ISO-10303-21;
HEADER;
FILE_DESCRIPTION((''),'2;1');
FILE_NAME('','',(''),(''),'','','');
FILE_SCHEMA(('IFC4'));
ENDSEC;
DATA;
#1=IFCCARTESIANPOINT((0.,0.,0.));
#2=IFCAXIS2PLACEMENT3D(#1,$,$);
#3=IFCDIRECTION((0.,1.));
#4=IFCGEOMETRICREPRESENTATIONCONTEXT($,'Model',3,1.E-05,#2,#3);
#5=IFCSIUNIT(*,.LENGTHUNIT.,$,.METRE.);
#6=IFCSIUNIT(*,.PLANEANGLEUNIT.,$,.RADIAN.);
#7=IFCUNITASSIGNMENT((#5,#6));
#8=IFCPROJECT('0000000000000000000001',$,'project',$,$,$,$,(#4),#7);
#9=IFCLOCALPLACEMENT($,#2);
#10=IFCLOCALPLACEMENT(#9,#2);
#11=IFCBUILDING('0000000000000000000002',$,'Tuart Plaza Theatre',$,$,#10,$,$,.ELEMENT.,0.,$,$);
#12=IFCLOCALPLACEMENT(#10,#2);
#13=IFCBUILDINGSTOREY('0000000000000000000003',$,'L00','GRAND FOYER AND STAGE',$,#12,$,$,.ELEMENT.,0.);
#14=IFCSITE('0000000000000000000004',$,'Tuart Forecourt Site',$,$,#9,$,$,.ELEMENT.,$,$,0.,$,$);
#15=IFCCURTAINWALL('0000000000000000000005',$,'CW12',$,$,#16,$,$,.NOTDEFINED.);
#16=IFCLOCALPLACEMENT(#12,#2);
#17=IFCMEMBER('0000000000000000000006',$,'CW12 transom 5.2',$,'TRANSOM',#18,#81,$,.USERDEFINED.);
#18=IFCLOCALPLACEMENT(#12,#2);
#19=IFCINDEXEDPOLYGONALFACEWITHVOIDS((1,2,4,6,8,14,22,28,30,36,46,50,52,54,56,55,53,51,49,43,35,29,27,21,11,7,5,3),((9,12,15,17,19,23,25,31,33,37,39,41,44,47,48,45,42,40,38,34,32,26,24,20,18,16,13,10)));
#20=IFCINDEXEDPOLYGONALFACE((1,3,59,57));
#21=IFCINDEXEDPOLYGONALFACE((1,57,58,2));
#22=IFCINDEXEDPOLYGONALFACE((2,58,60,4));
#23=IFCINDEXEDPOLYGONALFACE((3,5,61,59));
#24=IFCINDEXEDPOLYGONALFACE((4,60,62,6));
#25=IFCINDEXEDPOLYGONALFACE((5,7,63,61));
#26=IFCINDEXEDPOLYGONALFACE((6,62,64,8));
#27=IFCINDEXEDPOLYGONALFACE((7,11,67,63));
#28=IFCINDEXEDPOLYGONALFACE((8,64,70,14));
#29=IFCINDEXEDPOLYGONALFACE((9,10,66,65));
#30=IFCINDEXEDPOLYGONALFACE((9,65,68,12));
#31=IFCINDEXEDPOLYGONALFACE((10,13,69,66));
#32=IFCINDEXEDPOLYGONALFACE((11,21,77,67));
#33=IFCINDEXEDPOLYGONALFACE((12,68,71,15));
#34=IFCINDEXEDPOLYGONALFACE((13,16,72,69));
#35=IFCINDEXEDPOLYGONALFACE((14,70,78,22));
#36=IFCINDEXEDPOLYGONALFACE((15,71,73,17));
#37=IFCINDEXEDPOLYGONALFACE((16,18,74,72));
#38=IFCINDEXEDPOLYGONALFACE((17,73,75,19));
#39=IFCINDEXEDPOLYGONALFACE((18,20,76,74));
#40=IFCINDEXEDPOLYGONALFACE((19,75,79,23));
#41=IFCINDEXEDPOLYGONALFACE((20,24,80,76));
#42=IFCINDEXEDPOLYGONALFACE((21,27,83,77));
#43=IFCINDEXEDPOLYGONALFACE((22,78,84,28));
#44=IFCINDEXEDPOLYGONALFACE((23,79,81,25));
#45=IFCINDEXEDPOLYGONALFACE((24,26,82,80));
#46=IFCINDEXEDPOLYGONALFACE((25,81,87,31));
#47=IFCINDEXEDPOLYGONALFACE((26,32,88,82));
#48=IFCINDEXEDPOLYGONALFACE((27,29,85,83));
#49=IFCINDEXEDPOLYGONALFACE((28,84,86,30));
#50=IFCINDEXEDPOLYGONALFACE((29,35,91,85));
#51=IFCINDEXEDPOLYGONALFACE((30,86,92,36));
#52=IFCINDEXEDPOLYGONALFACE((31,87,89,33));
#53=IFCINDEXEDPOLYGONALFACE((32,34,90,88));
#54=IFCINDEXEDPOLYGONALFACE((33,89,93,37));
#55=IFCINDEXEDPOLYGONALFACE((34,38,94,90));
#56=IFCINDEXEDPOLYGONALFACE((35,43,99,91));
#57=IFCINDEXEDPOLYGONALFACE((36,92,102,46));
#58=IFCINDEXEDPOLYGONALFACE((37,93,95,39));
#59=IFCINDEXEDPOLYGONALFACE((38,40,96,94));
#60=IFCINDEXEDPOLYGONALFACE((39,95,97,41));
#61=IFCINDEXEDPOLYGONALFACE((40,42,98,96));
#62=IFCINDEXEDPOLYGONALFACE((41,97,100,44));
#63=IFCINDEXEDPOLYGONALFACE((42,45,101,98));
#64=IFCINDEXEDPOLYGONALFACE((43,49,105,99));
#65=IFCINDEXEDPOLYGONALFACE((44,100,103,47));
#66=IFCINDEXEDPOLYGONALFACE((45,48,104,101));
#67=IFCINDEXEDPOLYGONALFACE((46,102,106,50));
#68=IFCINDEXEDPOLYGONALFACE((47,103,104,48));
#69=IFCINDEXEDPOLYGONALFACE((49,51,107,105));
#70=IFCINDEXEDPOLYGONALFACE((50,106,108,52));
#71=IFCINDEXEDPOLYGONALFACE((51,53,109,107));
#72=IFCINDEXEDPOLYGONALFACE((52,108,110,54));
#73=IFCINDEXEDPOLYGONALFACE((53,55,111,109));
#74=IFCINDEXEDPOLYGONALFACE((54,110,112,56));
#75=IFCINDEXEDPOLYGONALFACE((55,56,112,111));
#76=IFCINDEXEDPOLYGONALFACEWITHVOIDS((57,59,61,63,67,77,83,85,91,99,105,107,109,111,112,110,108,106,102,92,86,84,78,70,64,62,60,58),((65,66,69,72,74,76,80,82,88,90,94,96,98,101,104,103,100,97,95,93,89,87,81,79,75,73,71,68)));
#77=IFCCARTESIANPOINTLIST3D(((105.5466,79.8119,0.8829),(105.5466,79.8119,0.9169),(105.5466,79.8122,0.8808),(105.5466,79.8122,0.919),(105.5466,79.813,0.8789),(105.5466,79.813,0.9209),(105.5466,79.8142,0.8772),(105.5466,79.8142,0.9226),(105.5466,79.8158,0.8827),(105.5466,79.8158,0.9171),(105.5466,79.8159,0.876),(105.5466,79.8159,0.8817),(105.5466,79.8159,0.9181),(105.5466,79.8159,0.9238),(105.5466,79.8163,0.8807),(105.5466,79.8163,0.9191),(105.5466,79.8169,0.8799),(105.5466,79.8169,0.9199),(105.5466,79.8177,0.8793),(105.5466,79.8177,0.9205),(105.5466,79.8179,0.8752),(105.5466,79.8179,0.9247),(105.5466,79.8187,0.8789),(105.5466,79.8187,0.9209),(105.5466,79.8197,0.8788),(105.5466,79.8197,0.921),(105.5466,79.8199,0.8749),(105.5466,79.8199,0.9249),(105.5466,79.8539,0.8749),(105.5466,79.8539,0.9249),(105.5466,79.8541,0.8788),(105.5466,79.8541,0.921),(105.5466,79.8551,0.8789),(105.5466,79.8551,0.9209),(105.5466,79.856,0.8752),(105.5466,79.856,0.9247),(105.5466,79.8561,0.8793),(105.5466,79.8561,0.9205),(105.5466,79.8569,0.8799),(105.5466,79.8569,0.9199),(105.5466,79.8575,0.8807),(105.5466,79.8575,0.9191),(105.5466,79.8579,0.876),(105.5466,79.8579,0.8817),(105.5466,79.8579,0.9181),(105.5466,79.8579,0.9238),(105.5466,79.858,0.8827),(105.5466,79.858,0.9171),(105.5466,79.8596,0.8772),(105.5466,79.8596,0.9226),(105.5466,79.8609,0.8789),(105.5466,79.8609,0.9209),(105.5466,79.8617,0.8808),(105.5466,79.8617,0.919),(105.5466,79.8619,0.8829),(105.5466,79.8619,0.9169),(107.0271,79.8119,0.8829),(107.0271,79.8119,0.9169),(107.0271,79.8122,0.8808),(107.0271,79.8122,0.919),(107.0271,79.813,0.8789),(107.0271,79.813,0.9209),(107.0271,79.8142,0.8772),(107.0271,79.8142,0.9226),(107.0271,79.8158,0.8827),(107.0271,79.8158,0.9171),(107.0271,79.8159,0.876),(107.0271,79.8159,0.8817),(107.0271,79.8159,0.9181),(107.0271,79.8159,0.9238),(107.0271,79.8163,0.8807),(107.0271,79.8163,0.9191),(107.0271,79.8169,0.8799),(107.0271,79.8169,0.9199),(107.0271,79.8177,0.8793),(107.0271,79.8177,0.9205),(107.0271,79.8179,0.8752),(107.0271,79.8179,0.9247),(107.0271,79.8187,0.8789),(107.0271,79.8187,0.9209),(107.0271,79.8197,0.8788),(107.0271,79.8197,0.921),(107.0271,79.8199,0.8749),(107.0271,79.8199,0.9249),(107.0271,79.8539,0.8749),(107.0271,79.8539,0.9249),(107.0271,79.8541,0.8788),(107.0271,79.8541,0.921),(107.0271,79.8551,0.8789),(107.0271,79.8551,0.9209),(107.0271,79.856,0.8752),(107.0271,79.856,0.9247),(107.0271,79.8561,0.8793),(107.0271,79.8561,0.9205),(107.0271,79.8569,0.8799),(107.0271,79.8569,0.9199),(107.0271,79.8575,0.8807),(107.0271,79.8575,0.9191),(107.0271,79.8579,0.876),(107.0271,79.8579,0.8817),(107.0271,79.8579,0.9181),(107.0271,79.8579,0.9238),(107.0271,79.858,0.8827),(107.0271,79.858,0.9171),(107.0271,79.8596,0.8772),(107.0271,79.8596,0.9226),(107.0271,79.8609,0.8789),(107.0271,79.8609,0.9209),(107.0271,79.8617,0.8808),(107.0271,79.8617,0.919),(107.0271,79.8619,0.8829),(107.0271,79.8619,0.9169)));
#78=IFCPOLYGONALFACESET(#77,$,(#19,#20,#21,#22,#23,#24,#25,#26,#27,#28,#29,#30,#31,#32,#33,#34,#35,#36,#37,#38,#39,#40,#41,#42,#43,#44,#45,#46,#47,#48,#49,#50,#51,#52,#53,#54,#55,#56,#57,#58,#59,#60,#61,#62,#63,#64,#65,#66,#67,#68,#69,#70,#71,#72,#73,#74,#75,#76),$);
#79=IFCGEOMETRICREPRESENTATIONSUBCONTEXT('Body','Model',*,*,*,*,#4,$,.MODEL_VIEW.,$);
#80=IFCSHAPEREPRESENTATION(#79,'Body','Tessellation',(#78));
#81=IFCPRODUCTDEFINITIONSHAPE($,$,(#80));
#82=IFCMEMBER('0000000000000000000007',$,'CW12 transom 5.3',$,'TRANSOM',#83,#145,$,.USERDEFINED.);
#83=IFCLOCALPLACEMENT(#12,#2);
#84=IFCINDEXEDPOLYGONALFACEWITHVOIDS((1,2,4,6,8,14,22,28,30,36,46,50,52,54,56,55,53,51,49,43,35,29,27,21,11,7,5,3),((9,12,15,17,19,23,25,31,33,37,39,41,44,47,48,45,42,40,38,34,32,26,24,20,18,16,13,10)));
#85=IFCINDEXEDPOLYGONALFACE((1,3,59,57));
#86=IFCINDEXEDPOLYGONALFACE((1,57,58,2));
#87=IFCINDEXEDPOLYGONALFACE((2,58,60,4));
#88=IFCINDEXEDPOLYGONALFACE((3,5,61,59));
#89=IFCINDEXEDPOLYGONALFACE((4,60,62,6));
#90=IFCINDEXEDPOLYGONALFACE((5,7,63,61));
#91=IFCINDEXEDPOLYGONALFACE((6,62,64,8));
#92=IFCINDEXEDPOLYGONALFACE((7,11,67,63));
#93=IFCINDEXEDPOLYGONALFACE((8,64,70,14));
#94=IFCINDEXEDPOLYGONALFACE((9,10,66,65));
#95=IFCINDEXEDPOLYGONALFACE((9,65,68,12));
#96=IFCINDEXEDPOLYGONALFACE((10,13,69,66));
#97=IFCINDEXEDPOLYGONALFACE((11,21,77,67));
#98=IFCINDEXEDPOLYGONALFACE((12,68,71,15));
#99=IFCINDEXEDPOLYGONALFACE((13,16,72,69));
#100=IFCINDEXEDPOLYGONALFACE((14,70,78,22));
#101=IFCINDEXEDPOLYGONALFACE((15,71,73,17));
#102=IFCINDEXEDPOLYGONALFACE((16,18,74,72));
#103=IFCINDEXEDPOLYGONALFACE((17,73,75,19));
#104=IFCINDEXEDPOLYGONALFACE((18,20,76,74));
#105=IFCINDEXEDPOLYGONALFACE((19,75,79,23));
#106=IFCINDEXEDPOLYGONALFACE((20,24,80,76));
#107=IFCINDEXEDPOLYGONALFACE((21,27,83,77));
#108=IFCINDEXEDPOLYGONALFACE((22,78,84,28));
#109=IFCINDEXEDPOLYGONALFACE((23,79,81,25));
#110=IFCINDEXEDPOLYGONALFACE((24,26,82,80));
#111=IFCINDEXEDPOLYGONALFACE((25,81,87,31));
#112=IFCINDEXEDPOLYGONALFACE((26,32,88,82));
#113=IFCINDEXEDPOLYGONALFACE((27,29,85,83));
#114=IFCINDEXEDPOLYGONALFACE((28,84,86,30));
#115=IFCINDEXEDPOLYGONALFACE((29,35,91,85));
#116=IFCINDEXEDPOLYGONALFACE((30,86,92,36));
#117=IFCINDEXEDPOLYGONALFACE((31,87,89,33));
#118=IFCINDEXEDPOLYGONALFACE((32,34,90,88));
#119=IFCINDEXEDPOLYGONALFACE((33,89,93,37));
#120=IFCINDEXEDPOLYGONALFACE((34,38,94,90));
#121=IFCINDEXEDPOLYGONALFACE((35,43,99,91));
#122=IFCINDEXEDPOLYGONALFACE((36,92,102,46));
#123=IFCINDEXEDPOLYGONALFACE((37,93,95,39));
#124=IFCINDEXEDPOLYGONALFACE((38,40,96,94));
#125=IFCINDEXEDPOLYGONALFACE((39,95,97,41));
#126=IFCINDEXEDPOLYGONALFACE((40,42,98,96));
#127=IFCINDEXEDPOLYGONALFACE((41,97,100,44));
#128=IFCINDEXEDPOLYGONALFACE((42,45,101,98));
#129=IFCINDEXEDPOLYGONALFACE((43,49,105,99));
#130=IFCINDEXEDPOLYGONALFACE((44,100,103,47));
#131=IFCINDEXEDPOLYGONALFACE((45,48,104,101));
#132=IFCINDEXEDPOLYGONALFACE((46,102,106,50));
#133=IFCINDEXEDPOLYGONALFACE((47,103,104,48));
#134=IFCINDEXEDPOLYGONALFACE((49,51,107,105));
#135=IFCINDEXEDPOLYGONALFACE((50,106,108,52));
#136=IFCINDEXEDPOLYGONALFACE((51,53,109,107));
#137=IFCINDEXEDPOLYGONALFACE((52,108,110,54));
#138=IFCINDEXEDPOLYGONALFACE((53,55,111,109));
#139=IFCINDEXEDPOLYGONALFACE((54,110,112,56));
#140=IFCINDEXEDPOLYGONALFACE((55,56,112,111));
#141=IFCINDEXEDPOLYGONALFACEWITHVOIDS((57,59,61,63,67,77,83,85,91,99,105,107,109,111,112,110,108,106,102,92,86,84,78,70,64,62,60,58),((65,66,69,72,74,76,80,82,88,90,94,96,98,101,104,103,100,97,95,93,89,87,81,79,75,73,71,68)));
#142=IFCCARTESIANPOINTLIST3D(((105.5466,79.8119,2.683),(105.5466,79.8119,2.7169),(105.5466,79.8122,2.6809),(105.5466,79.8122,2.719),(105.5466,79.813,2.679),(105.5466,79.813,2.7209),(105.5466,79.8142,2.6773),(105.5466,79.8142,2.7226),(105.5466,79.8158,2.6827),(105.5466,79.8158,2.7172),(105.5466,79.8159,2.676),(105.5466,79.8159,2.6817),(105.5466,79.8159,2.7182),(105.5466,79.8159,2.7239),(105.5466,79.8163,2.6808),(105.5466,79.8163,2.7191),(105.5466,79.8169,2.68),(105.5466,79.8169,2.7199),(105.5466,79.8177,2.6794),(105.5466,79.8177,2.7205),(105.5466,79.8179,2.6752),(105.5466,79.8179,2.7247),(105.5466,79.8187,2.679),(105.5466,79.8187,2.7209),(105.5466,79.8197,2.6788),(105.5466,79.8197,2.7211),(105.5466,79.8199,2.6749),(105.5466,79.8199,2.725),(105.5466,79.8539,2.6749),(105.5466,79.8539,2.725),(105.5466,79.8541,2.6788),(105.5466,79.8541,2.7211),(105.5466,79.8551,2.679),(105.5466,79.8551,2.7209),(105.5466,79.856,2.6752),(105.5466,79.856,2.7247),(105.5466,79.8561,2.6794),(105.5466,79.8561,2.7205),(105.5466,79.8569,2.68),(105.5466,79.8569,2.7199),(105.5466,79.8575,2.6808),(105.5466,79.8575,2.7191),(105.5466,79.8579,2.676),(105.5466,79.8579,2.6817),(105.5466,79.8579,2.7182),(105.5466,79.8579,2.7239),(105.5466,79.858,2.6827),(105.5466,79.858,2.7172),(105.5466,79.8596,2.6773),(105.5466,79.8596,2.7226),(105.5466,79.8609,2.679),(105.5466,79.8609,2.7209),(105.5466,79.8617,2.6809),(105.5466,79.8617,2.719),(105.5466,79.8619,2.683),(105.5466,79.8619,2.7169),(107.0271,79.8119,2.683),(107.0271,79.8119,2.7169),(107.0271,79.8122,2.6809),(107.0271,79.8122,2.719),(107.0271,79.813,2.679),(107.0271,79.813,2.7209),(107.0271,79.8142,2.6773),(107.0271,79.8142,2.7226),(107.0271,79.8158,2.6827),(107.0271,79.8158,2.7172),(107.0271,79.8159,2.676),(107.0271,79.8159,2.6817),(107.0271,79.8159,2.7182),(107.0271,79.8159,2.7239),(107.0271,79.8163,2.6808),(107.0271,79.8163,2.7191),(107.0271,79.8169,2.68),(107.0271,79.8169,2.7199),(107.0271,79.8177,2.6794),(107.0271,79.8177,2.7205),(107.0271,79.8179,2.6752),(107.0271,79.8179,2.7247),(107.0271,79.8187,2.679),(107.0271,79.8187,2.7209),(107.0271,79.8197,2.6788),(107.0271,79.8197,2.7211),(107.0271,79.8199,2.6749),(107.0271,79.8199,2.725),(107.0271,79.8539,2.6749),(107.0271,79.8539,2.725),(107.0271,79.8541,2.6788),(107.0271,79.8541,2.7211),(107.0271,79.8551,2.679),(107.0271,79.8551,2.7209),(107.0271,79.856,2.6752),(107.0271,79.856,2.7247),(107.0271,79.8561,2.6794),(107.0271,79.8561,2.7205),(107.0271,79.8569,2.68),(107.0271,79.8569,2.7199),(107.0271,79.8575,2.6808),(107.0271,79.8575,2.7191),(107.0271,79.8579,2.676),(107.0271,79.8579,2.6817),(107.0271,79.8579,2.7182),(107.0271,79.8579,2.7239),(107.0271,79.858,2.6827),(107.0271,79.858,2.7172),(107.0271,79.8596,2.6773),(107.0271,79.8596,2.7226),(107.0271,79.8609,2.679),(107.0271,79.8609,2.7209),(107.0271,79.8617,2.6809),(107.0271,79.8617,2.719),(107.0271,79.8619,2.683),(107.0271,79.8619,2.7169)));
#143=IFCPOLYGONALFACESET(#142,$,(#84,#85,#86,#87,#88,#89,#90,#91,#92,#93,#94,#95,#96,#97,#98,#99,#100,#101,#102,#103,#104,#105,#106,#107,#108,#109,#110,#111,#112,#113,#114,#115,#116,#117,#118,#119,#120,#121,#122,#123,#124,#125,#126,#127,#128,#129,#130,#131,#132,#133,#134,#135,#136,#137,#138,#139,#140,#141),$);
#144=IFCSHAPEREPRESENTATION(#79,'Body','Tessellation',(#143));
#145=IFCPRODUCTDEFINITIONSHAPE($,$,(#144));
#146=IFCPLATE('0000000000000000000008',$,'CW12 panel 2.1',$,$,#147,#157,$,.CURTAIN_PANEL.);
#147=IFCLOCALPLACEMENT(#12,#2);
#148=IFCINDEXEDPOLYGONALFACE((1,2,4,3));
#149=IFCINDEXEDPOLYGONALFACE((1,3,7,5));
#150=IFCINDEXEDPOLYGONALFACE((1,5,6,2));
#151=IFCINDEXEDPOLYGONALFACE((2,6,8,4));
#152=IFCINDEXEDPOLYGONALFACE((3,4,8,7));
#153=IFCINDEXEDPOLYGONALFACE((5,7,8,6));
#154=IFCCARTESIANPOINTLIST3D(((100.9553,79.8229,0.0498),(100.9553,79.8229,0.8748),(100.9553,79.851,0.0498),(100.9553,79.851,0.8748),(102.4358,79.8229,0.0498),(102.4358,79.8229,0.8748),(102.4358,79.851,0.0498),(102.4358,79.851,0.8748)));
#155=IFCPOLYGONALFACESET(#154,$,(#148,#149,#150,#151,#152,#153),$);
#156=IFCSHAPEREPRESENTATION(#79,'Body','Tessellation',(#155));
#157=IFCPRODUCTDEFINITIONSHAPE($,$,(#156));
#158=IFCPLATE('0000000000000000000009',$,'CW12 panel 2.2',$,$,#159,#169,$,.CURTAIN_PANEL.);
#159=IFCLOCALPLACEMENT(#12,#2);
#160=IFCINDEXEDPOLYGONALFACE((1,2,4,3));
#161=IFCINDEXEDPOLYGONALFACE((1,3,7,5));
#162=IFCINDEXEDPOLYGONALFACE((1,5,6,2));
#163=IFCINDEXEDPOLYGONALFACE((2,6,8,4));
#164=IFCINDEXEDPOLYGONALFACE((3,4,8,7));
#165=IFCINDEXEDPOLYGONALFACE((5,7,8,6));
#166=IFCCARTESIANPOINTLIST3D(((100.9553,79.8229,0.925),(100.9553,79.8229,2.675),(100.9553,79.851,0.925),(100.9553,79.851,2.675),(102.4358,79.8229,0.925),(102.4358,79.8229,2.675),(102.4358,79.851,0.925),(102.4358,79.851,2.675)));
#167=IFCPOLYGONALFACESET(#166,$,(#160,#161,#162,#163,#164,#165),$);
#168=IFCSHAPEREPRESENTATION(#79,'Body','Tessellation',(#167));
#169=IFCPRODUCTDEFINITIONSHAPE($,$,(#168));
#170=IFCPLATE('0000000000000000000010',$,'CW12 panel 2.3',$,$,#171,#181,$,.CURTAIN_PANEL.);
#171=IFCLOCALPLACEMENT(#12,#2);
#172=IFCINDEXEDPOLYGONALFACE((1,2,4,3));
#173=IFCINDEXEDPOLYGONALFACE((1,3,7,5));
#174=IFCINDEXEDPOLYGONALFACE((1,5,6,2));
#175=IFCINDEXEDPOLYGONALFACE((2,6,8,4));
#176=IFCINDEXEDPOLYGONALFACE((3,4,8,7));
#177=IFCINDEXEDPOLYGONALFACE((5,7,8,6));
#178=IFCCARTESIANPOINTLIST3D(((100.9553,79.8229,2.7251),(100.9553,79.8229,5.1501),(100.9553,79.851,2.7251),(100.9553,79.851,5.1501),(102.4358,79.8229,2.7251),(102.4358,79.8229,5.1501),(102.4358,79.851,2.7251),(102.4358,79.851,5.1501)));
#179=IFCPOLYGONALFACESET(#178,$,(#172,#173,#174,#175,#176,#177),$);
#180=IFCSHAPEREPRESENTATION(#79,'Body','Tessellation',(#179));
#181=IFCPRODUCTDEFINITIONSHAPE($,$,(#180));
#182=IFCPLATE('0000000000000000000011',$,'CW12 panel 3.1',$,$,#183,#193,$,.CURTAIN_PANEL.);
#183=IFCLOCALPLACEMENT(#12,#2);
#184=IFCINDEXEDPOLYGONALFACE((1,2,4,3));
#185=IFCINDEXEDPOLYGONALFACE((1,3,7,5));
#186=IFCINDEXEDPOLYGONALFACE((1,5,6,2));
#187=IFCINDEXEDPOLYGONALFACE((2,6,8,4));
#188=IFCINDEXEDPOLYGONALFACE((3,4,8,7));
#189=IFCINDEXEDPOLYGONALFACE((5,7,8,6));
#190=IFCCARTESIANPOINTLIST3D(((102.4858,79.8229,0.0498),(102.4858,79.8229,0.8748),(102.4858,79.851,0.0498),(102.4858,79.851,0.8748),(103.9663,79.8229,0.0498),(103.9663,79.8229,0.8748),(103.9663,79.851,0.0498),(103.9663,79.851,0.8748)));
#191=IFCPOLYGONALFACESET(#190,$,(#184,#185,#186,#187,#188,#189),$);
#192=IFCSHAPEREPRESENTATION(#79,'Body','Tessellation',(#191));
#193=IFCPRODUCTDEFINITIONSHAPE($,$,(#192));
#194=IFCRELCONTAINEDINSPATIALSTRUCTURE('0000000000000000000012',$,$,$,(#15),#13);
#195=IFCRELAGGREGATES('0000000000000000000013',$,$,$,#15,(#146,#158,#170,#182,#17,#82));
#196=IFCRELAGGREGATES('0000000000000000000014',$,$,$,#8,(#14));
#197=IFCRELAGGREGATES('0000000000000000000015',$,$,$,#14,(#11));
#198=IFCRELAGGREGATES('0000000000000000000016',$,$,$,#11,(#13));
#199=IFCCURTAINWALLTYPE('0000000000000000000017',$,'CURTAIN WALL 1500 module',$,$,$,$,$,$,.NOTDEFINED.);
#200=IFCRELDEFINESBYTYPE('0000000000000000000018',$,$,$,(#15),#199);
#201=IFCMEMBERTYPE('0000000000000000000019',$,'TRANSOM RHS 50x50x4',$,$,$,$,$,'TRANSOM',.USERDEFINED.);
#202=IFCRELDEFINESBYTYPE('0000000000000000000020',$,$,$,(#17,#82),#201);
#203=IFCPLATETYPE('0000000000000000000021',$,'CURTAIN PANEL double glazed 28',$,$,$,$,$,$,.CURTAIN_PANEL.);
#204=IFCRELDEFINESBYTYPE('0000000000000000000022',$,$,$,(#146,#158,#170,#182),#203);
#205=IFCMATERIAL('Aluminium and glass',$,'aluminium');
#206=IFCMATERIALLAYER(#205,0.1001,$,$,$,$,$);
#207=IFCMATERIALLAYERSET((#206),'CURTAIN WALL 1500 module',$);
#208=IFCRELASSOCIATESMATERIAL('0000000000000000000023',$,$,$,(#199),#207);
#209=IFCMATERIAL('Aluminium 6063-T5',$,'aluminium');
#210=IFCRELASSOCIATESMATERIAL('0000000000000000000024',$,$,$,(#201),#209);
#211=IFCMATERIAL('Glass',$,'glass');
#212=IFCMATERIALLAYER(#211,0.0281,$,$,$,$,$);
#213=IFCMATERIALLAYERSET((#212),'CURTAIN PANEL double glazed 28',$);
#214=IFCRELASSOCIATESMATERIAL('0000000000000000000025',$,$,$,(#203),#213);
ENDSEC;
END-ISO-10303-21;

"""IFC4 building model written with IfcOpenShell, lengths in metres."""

from ifc_helpers import new_model, si_unit, direction, frame, origin, origin_2d, place, context, subcontext, project, spatial, rectangle, hollow_rectangle, extrude, material, layer, layer_set, material_profile, profile_set, type_object, element, aggregate, save


model = new_model("IFC4")

# Units and contexts
model_context = context("Model", 3, precision=1e-05, world=origin(), true_north=direction((0.0, 1.0)))
body_context = subcontext(model_context, "Body", "Model", "MODEL_VIEW")
ifc_project = project(units=[si_unit("LENGTHUNIT", "METRE"), si_unit("PLANEANGLEUNIT", "RADIAN")], contexts=[model_context])

# Site, building, storey
site_placement = place(None, origin())
site = spatial("IfcSite", under=ifc_project, at=site_placement, Name="Tuart Forecourt Site", CompositionType="ELEMENT", RefElevation=0.0)
building_placement = place(site_placement, origin())
building = spatial("IfcBuilding", under=site, at=building_placement, Name="Tuart Plaza Theatre", CompositionType="ELEMENT", ElevationOfRefHeight=0.0)
storey_placement = place(building_placement, origin())
storey = spatial("IfcBuildingStorey", under=building, at=storey_placement, Name="L00", Description="GRAND FOYER AND STAGE", CompositionType="ELEMENT", Elevation=0.0)

# Curtain wall, members, plates
ifc_material_1 = material(Name="Aluminium and glass", Category="aluminium")
ifc_layer_1 = layer(ifc_material_1, 0.1001)
ifc_layer_set_1 = layer_set([ifc_layer_1], Name="CURTAIN WALL 1500 module")
curtain_wall_type = type_object("IfcCurtainWallType", Name="CURTAIN WALL 1500 module", PredefinedType="NOTDEFINED", material=ifc_layer_set_1)
curtain_wall_placement = place(storey_placement, origin())
curtain_wall = element("IfcCurtainWall", 1, at=curtain_wall_placement, inside=storey, type_object=curtain_wall_type, Name="CW12", PredefinedType="NOTDEFINED")
ifc_material_2 = material(Name="Aluminium 6063-T5", Category="aluminium")
ifc_material_profile_1 = material_profile(ifc_material_2, hollow_rectangle(XDim=0.05, YDim=0.05, WallThickness=0.0039, InnerFilletRadius=0.0039, OuterFilletRadius=0.0081, at=origin_2d()), Name="RHS 50x50x4")
ifc_profile_set_1 = profile_set([ifc_material_profile_1], Name="Aluminium 6063-T5")
member_type_1 = type_object("IfcMemberType", Name="TRANSOM RHS 50x50x4", ElementType="TRANSOM", PredefinedType="USERDEFINED", material=ifc_profile_set_1)
member_1_placement = place(storey_placement, frame((105.5466, 79.8369, 0.8999), z_axis=(1.0, 0.0, 0.0), x_axis=(0.0, 1.0, 0.0)))
member_1 = element("IfcMember", 2, at=member_1_placement, type_object=member_type_1, Name="CW12 transom 5.2", ObjectType="TRANSOM", PredefinedType="USERDEFINED", context=body_context, shape_type="SweptSolid", body=[
    extrude(hollow_rectangle(XDim=0.05, YDim=0.05, WallThickness=0.0039, InnerFilletRadius=0.0039, OuterFilletRadius=0.0081, at=origin_2d()), origin(), (0.0, 0.0, 1.0), 1.4805),
])
member_2_placement = place(storey_placement, frame((105.5466, 79.8369, 2.7), z_axis=(1.0, 0.0, 0.0), x_axis=(0.0, 1.0, 0.0)))
member_2 = element("IfcMember", 3, at=member_2_placement, type_object=member_type_1, Name="CW12 transom 5.3", ObjectType="TRANSOM", PredefinedType="USERDEFINED", context=body_context, shape_type="SweptSolid", body=[
    extrude(hollow_rectangle(XDim=0.05, YDim=0.05, WallThickness=0.0039, InnerFilletRadius=0.0039, OuterFilletRadius=0.0081, at=origin_2d()), origin(), (0.0, 0.0, 1.0), 1.4805),
])
ifc_material_3 = material(Name="Glass", Category="glass")
ifc_layer_2 = layer(ifc_material_3, 0.0281)
ifc_layer_set_2 = layer_set([ifc_layer_2], Name="CURTAIN PANEL double glazed 28")
plate_type = type_object("IfcPlateType", Name="CURTAIN PANEL double glazed 28", PredefinedType="CURTAIN_PANEL", material=ifc_layer_set_2)
plate_1_placement = place(storey_placement, frame((101.6956, 79.8369, 0.0498), z_axis=(0.0, 0.0, 1.0), x_axis=(1.0, 0.0, 0.0)))
plate_1 = element("IfcPlate", 4, at=plate_1_placement, type_object=plate_type, Name="CW12 panel 2.1", PredefinedType="CURTAIN_PANEL", context=body_context, shape_type="SweptSolid", body=[
    extrude(rectangle(XDim=1.4805, YDim=0.0281, at=origin_2d()), origin(), (0.0, 0.0, 1.0), 0.825),
])
plate_2_placement = place(storey_placement, frame((101.6956, 79.8369, 0.925), z_axis=(0.0, 0.0, 1.0), x_axis=(1.0, 0.0, 0.0)))
plate_2 = element("IfcPlate", 5, at=plate_2_placement, type_object=plate_type, Name="CW12 panel 2.2", PredefinedType="CURTAIN_PANEL", context=body_context, shape_type="SweptSolid", body=[
    extrude(rectangle(XDim=1.4805, YDim=0.0281, at=origin_2d()), origin(), (0.0, 0.0, 1.0), 1.75),
])
plate_3_placement = place(storey_placement, frame((101.6956, 79.8369, 2.7251), z_axis=(0.0, 0.0, 1.0), x_axis=(1.0, 0.0, 0.0)))
plate_3 = element("IfcPlate", 6, at=plate_3_placement, type_object=plate_type, Name="CW12 panel 2.3", PredefinedType="CURTAIN_PANEL", context=body_context, shape_type="SweptSolid", body=[
    extrude(rectangle(XDim=1.4805, YDim=0.0281, at=origin_2d()), origin(), (0.0, 0.0, 1.0), 2.425),
])
plate_4_placement = place(storey_placement, frame((103.2261, 79.8369, 0.0498), z_axis=(0.0, 0.0, 1.0), x_axis=(1.0, 0.0, 0.0)))
plate_4 = element("IfcPlate", 7, at=plate_4_placement, type_object=plate_type, Name="CW12 panel 3.1", PredefinedType="CURTAIN_PANEL", context=body_context, shape_type="SweptSolid", body=[
    extrude(rectangle(XDim=1.4805, YDim=0.0281, at=origin_2d()), origin(), (0.0, 0.0, 1.0), 0.825),
])
aggregate(curtain_wall, [plate_1, plate_2, plate_3, plate_4, member_1, member_2])

save(model, "model.ifc")
